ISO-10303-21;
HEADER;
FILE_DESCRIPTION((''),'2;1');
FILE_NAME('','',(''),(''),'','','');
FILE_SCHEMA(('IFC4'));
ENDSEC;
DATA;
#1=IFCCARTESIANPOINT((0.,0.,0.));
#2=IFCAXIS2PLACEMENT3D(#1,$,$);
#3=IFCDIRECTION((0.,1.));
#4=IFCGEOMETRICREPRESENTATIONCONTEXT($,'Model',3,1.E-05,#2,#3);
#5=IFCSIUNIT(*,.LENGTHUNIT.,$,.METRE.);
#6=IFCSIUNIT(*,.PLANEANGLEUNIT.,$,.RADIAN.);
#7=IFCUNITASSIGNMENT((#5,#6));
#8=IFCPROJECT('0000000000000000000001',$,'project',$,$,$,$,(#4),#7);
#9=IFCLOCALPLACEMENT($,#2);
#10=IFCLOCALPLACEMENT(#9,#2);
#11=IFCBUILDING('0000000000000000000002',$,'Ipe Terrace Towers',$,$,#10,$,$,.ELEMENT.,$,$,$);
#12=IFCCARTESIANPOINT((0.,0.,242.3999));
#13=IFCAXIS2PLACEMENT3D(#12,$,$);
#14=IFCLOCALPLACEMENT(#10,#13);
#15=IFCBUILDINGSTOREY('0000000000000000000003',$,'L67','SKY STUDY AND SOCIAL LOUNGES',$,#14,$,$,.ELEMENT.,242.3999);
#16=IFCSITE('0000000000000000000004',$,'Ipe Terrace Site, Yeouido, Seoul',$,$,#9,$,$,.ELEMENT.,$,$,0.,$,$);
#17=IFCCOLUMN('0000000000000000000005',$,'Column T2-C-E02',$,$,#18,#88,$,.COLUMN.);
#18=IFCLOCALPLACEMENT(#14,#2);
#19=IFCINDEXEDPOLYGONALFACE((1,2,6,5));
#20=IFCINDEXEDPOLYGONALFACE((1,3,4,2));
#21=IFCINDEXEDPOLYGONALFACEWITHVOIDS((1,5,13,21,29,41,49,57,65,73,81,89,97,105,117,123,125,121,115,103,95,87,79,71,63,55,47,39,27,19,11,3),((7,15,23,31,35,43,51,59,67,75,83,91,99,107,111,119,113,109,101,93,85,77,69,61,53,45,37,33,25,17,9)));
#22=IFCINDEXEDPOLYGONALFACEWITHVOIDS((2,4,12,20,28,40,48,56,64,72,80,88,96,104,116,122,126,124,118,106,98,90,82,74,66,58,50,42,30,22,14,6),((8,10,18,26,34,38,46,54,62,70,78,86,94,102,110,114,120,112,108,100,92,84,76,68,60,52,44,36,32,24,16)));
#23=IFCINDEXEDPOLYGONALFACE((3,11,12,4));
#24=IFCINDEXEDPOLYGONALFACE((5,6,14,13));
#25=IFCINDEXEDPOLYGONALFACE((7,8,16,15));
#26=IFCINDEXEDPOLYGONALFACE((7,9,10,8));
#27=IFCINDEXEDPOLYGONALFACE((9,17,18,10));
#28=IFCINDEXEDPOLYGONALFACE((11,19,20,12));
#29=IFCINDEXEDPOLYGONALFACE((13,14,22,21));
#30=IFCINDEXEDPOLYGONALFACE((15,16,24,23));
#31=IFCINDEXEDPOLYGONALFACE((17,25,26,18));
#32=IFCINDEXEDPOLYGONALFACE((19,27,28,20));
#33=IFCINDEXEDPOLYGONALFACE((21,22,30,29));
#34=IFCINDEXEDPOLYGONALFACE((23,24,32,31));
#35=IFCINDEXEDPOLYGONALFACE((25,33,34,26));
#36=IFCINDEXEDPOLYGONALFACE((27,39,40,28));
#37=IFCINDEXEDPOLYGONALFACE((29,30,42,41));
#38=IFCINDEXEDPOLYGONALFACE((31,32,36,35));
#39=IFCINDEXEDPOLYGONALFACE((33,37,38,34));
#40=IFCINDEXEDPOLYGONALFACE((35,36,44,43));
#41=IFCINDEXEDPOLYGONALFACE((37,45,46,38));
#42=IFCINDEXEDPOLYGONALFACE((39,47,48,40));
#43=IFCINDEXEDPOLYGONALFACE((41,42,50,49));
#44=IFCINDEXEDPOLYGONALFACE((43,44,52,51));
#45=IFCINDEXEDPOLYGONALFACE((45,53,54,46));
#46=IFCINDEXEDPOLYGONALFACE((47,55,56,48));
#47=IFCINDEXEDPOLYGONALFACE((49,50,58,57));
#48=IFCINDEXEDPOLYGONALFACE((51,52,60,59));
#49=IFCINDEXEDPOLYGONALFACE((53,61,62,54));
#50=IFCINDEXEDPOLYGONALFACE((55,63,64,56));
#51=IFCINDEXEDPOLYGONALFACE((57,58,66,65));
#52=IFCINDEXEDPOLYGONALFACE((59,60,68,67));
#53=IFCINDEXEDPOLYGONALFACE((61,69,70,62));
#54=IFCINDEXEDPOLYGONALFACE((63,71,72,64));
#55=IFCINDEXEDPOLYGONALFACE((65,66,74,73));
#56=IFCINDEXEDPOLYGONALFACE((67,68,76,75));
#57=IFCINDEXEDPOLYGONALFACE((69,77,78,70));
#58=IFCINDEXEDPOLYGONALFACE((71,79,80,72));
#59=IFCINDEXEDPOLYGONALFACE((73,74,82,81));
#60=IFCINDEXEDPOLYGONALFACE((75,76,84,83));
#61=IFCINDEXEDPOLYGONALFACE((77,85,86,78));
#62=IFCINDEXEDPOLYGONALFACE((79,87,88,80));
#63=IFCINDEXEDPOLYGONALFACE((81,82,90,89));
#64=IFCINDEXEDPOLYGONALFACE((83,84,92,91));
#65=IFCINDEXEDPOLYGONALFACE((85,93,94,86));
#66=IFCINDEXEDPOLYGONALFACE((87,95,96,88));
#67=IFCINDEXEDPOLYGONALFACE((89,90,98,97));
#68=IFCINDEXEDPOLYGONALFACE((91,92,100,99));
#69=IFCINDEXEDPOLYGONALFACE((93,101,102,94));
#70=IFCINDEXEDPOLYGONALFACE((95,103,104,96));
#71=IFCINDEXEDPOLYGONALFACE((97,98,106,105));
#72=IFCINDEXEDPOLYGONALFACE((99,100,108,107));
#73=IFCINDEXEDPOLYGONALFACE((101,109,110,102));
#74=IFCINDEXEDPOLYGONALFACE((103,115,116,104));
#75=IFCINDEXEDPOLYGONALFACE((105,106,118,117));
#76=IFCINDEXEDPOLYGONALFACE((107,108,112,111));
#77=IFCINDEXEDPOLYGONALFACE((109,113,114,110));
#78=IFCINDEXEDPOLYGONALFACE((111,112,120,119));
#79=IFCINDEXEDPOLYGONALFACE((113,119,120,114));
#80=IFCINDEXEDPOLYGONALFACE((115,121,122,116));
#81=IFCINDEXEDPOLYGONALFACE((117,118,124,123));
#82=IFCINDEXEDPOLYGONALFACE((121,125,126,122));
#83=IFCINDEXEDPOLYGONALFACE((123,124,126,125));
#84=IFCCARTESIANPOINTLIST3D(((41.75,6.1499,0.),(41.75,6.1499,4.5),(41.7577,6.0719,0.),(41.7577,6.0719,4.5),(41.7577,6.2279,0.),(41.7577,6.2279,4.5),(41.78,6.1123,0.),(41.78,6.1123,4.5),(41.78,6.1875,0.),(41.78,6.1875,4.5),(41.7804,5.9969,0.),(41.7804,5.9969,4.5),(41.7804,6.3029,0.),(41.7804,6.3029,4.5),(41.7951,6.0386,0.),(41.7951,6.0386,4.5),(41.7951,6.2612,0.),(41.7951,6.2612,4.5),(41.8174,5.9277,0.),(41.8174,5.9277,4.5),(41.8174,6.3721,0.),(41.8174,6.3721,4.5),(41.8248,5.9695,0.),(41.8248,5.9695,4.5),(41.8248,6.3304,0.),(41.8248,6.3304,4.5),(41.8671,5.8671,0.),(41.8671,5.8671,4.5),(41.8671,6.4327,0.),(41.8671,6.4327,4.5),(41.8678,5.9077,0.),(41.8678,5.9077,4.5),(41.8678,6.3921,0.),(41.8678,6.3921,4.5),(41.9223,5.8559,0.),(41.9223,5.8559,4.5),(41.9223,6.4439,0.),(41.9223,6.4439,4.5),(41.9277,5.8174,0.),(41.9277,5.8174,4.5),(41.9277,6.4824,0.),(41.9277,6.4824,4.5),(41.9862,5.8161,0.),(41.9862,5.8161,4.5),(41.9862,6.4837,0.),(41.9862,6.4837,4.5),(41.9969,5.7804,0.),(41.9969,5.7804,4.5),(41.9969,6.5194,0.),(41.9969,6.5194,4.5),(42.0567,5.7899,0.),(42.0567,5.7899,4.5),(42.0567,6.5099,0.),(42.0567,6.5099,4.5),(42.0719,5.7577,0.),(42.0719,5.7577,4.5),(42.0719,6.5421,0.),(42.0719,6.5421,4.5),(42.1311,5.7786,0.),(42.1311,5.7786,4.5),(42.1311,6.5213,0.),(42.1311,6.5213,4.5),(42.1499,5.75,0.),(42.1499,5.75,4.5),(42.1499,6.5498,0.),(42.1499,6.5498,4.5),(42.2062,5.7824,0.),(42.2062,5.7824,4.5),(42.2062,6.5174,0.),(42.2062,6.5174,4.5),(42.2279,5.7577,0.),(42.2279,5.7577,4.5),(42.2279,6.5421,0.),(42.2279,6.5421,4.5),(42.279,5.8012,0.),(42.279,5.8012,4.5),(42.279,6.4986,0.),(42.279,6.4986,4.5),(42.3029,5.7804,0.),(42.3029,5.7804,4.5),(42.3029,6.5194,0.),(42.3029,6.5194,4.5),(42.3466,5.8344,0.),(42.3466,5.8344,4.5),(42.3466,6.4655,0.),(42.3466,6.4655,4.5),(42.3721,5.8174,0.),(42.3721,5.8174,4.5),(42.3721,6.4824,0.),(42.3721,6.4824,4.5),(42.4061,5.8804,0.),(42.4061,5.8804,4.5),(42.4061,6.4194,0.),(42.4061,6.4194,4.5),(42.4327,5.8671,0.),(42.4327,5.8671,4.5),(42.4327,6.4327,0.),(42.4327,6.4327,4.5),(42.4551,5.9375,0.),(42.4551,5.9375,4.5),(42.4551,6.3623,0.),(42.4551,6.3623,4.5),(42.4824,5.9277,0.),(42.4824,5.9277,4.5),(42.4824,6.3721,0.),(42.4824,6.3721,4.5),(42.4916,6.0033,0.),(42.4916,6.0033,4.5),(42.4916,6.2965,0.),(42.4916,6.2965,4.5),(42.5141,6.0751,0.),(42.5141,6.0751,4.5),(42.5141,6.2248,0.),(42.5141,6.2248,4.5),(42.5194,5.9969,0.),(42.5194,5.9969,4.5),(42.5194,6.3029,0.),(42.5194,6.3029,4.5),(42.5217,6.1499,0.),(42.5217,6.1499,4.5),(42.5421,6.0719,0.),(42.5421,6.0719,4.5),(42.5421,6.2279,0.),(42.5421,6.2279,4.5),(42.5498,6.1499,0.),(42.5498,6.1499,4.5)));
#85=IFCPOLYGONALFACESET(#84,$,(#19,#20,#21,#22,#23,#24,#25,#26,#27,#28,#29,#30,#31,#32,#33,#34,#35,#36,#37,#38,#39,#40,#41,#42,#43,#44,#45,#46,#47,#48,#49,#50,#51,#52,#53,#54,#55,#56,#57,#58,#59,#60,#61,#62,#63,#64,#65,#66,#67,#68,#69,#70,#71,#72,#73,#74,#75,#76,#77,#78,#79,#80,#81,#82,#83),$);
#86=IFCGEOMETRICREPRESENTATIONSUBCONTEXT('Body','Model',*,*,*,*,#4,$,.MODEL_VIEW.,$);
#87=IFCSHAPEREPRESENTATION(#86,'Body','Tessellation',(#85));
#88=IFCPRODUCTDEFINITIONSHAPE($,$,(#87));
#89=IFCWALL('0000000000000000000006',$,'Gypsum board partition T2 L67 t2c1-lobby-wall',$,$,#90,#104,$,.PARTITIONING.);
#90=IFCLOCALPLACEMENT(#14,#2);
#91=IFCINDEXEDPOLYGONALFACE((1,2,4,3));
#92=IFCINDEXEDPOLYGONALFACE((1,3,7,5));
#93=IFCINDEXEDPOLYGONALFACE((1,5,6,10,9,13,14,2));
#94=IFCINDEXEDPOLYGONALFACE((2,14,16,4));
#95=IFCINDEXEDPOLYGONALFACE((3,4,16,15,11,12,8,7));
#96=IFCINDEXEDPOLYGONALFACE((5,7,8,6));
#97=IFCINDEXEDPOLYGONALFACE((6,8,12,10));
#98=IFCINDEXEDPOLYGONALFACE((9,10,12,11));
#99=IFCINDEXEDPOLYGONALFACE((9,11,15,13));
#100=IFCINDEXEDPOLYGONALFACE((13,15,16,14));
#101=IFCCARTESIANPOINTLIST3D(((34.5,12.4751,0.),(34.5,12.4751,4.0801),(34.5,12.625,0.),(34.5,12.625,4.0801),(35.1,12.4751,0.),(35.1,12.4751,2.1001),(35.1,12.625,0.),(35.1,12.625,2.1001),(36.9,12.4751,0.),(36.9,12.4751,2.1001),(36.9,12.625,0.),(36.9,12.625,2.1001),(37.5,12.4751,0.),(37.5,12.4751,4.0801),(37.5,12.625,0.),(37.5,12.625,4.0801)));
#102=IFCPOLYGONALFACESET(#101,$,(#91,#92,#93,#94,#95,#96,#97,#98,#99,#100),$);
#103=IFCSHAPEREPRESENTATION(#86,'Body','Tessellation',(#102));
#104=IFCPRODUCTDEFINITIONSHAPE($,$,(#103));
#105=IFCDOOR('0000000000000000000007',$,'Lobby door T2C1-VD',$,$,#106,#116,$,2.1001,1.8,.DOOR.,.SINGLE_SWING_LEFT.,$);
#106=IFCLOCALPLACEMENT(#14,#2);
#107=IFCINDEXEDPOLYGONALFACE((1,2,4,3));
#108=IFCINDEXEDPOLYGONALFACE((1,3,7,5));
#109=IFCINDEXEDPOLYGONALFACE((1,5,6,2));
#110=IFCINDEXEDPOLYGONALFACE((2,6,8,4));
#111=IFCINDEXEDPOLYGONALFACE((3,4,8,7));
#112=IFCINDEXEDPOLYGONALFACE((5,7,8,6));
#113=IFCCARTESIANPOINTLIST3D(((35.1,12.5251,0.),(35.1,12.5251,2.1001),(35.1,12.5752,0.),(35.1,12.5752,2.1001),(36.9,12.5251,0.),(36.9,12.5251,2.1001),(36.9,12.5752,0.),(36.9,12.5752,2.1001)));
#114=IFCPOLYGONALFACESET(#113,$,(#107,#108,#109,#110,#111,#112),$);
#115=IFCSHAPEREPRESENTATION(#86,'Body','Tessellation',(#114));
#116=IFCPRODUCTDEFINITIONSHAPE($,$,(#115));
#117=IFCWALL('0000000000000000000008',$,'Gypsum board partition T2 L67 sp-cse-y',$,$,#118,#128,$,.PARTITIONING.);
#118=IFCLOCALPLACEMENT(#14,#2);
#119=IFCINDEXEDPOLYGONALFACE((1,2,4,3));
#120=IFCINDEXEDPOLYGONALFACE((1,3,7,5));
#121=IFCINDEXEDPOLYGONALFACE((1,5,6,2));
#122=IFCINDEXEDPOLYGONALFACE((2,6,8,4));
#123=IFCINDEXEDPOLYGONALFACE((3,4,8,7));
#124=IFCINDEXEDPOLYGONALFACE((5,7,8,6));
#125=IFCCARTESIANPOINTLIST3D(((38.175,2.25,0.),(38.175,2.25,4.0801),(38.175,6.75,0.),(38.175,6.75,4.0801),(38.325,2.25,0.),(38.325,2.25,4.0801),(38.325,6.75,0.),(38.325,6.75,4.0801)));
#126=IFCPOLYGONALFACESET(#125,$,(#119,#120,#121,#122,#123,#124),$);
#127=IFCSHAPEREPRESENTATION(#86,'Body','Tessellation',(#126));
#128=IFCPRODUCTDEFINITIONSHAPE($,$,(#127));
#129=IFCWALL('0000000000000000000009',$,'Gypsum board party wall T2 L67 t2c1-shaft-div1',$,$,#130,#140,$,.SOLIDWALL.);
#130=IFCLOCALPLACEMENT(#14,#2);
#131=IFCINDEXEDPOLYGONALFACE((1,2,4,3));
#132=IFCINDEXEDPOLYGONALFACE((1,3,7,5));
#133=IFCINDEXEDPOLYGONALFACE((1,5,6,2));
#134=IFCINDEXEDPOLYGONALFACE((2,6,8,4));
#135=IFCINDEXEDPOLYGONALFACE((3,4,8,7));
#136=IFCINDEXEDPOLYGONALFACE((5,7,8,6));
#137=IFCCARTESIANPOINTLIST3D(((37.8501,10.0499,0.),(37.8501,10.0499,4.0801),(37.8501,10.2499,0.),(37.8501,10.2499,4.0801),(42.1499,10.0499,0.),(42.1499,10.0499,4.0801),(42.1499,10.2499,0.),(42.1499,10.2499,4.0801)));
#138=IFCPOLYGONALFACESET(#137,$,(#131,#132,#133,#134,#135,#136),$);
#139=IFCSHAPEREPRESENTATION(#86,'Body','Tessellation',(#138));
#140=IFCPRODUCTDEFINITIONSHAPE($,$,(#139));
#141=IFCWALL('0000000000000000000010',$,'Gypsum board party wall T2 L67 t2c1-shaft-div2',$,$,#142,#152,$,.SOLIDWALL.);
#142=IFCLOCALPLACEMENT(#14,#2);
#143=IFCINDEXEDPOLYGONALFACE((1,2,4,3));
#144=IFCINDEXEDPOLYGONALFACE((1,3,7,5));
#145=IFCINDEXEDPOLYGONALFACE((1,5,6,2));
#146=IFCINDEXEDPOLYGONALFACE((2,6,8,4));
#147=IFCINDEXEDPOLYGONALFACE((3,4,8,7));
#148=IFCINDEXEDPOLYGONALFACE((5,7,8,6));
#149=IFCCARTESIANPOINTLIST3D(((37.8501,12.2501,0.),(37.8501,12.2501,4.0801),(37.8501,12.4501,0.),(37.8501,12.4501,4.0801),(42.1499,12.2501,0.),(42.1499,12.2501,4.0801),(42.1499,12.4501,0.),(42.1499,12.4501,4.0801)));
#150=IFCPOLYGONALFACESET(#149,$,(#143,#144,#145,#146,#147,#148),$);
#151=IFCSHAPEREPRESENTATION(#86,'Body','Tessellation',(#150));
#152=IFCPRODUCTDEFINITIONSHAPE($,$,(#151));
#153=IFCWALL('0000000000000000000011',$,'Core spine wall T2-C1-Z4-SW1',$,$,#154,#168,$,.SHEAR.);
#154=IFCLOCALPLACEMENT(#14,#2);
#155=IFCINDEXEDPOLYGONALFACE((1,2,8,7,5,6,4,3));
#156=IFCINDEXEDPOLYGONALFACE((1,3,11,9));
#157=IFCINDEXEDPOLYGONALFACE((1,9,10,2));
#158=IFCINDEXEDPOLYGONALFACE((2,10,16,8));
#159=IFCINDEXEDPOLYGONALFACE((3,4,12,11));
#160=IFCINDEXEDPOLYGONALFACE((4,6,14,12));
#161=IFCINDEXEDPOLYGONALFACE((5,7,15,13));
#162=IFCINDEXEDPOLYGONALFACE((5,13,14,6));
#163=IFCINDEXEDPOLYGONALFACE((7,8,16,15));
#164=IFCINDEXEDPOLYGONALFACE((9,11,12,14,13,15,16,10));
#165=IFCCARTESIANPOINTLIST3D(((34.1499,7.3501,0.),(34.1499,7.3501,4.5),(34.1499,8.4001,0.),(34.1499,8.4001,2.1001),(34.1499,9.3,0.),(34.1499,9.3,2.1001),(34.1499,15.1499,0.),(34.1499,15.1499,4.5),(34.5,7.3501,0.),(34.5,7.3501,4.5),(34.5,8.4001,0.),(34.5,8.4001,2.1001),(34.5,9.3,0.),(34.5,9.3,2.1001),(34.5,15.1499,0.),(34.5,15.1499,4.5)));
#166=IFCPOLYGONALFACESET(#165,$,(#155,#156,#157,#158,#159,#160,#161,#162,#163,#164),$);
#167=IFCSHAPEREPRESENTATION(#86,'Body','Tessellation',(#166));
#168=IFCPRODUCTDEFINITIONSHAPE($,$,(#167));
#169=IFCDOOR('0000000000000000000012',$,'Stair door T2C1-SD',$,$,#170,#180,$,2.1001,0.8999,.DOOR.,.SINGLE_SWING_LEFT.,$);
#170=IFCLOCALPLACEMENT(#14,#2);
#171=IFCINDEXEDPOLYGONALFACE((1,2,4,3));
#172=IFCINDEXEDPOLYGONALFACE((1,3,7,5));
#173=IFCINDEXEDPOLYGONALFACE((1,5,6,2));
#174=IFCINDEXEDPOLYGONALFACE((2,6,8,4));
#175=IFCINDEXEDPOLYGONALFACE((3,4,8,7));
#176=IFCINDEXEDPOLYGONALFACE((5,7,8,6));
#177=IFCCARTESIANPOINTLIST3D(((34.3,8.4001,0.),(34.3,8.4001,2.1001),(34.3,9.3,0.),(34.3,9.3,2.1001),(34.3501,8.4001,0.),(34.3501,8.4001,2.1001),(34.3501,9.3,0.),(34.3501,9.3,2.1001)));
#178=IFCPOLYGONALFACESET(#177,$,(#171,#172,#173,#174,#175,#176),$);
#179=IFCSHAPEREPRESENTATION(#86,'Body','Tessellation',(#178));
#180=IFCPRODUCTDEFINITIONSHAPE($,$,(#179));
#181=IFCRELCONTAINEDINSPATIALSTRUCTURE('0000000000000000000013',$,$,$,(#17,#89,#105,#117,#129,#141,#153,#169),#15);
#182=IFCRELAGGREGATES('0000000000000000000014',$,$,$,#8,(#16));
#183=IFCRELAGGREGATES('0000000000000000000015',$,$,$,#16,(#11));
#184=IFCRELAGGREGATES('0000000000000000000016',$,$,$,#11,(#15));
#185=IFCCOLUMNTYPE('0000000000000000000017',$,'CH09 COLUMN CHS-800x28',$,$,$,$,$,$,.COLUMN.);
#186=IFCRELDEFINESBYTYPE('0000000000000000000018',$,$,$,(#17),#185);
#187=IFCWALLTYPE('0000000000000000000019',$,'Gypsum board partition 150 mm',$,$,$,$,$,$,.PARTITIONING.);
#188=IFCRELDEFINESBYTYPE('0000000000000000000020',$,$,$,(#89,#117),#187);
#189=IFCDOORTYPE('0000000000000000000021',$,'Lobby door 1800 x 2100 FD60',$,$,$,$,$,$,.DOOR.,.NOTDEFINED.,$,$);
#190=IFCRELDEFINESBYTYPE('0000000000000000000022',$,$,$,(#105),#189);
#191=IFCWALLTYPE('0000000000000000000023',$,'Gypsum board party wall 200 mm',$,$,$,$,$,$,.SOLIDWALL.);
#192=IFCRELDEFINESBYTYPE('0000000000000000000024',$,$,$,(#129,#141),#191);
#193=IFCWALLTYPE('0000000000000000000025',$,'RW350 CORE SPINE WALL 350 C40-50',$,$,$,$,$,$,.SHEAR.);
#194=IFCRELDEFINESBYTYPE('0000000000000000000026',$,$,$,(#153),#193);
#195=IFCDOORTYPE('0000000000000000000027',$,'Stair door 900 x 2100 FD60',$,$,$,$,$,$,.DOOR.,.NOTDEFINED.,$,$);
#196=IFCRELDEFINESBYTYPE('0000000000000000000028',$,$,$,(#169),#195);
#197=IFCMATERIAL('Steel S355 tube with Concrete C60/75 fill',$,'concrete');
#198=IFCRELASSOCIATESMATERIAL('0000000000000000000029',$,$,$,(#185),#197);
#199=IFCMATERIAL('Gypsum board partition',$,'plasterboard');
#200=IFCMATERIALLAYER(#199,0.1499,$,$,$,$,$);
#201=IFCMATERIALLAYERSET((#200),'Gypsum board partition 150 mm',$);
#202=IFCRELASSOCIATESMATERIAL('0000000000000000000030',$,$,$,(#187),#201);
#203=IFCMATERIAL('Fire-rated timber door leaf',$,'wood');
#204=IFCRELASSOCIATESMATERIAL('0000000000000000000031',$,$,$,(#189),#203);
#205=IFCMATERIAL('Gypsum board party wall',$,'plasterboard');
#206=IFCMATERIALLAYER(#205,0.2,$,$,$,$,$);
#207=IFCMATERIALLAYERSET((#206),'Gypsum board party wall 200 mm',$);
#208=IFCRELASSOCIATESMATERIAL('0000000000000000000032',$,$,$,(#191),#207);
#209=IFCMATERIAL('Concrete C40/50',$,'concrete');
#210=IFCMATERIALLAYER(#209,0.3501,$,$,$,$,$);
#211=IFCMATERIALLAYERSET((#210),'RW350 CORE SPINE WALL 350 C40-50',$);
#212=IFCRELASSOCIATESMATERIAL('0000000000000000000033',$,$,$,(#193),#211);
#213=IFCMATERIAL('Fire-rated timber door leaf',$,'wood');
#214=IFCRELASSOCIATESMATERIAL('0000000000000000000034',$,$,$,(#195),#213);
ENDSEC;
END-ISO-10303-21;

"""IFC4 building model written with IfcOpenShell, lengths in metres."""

from ifc_helpers import new_model, si_unit, direction, frame, frame_2d, origin, origin_2d, place, context, subcontext, project, spatial, rectangle, hollow_circle, extrude, material, layer, layer_set, material_profile, profile_set, type_object, element, fill, save


model = new_model("IFC4")

# Units and contexts
model_context = context("Model", 3, precision=1e-05, world=origin(), true_north=direction((0.0, 1.0)))
body_context = subcontext(model_context, "Body", "Model", "MODEL_VIEW")
ifc_project = project(units=[si_unit("LENGTHUNIT", "METRE"), si_unit("PLANEANGLEUNIT", "RADIAN")], contexts=[model_context])

# Site, building, storey
site_placement = place(None, origin())
site = spatial("IfcSite", under=ifc_project, at=site_placement, Name="Ipe Terrace Site, Yeouido, Seoul", CompositionType="ELEMENT", RefElevation=0.0)
building_placement = place(site_placement, origin())
building = spatial("IfcBuilding", under=site, at=building_placement, Name="Ipe Terrace Towers", CompositionType="ELEMENT")
storey_placement = place(building_placement, frame((0.0, 0.0, 242.3999)))
storey = spatial("IfcBuildingStorey", under=building, at=storey_placement, Name="L67", Description="SKY STUDY AND SOCIAL LOUNGES", CompositionType="ELEMENT", Elevation=242.3999)

# Column
ifc_material_1 = material(Name="Steel S355 tube with Concrete C60/75 fill", Category="concrete")
ifc_material_profile_1 = material_profile(ifc_material_1, hollow_circle(Radius=0.3999, WallThickness=0.0281, at=origin_2d()), Name="CHS-800x28")
ifc_profile_set_1 = profile_set([ifc_material_profile_1], Name="Steel S355 tube with Concrete C60/75 fill")
column_type = type_object("IfcColumnType", Name="CH09 COLUMN CHS-800x28", PredefinedType="COLUMN", material=ifc_profile_set_1)
column_placement = place(storey_placement, frame((42.1499, 6.1499, 0.0), z_axis=(0.0, 0.0, 1.0), x_axis=(1.0, 0.0, 0.0)))
element("IfcColumn", 1, at=column_placement, inside=storey, type_object=column_type, Name="Column T2-C-E02", PredefinedType="COLUMN", context=body_context, shape_type="SweptSolid", body=[
    extrude(hollow_circle(Radius=0.3999, WallThickness=0.0281, at=origin_2d()), origin(), (0.0, 0.0, 1.0), 4.5),
])

# Wall, opening, door
ifc_material_2 = material(Name="Gypsum board partition", Category="plasterboard")
ifc_layer_1 = layer(ifc_material_2, 0.1499)
ifc_layer_set_1 = layer_set([ifc_layer_1], Name="Gypsum board partition 150 mm")
wall_type_1 = type_object("IfcWallType", Name="Gypsum board partition 150 mm", PredefinedType="PARTITIONING", material=ifc_layer_set_1)
wall_1_placement = place(storey_placement, frame((37.5, 12.55, 0.0), z_axis=(0.0, 0.0, 1.0), x_axis=(-1.0, 0.0, 0.0)))
wall_1 = element("IfcWall", 2, at=wall_1_placement, inside=storey, type_object=wall_type_1, Name="Gypsum board partition T2 L67 t2c1-lobby-wall", PredefinedType="PARTITIONING", context=body_context, shape_type="SweptSolid", body=[
    extrude(rectangle(XDim=3.0, YDim=0.1499, at=frame_2d((1.5, 0.0))), origin(), (0.0, 0.0, 1.0), 4.0801),
])
opening_1_placement = place(wall_1_placement, frame((0.6001, 0.0, 0.0)))
opening_1 = element("IfcOpeningElement", 3, at=opening_1_placement, cuts=wall_1, PredefinedType="OPENING", context=body_context, shape_type="SweptSolid", body=[
    extrude(rectangle(XDim=1.8, YDim=2.1001, at=frame_2d((0.8999, 1.05))), frame((0.0, 0.085, 0.0), z_axis=(0.0, -1.0, 0.0), x_axis=(1.0, 0.0, 0.0)), (0.0, 0.0, 1.0), 0.1699),
])
ifc_material_3 = material(Name="Fire-rated timber door leaf", Category="wood")
door_type_1 = type_object("IfcDoorType", Name="Lobby door 1800 x 2100 FD60", OperationType="NOTDEFINED", PredefinedType="DOOR", material=ifc_material_3)
door_1_placement = place(opening_1_placement, origin())
door_1 = element("IfcDoor", 4, at=door_1_placement, inside=storey, type_object=door_type_1, Name="Lobby door T2C1-VD", OperationType="SINGLE_SWING_LEFT", OverallHeight=2.1001, OverallWidth=1.8, PredefinedType="DOOR", context=body_context, shape_type="SweptSolid", body=[
    extrude(rectangle(XDim=1.8, YDim=2.1001, at=frame_2d((0.8999, 1.05))), frame((0.0, 0.0249, 0.0), z_axis=(0.0, -1.0, 0.0), x_axis=(1.0, 0.0, 0.0)), (0.0, 0.0, 1.0), 0.05),
])
fill(opening_1, door_1)

# Walls
wall_2_placement = place(storey_placement, frame((38.25, 2.25, 0.0), z_axis=(0.0, 0.0, 1.0), x_axis=(0.0, 1.0, 0.0)))
element("IfcWall", 5, at=wall_2_placement, inside=storey, type_object=wall_type_1, Name="Gypsum board partition T2 L67 sp-cse-y", PredefinedType="PARTITIONING", context=body_context, shape_type="SweptSolid", body=[
    extrude(rectangle(XDim=4.5, YDim=0.1499, at=frame_2d((2.25, 0.0))), origin(), (0.0, 0.0, 1.0), 4.0801),
])
ifc_material_4 = material(Name="Gypsum board party wall", Category="plasterboard")
ifc_layer_2 = layer(ifc_material_4, 0.2)
ifc_layer_set_2 = layer_set([ifc_layer_2], Name="Gypsum board party wall 200 mm")
wall_type_2 = type_object("IfcWallType", Name="Gypsum board party wall 200 mm", PredefinedType="SOLIDWALL", material=ifc_layer_set_2)
for number, where, z_axis, x_axis, name in (
    (6, (42.1499, 10.1499, 0.0), (0.0, 0.0, 1.0), (-1.0, 0.0, 0.0), "Gypsum board party wall T2 L67 t2c1-shaft-div1"),
    (7, (42.1499, 12.3501, 0.0), (0.0, 0.0, 1.0), (-1.0, 0.0, 0.0), "Gypsum board party wall T2 L67 t2c1-shaft-div2"),
):
    element("IfcWall", number, at=place(storey_placement, frame(where, z_axis=z_axis, x_axis=x_axis)), inside=storey, type_object=wall_type_2, Name=name, PredefinedType="SOLIDWALL", context=body_context, shape_type="SweptSolid", body=[
        extrude(rectangle(XDim=4.2998, YDim=0.2, at=frame_2d((2.1499, 0.0))), origin(), (0.0, 0.0, 1.0), 4.0801),
    ])

# Wall, opening, door
ifc_material_5 = material(Name="Concrete C40/50", Category="concrete")
ifc_layer_3 = layer(ifc_material_5, 0.3501)
ifc_layer_set_3 = layer_set([ifc_layer_3], Name="RW350 CORE SPINE WALL 350 C40-50")
wall_type_3 = type_object("IfcWallType", Name="RW350 CORE SPINE WALL 350 C40-50", PredefinedType="SHEAR", material=ifc_layer_set_3)
wall_3_placement = place(storey_placement, frame((34.325, 7.3501, 0.0), z_axis=(0.0, 0.0, 1.0), x_axis=(0.0, 1.0, 0.0)))
wall_3 = element("IfcWall", 8, at=wall_3_placement, inside=storey, type_object=wall_type_3, Name="Core spine wall T2-C1-Z4-SW1", PredefinedType="SHEAR", context=body_context, shape_type="SweptSolid", body=[
    extrude(rectangle(XDim=7.7998, YDim=0.3501, at=frame_2d((3.8999, 0.0))), origin(), (0.0, 0.0, 1.0), 4.5),
])
opening_2_placement = place(wall_3_placement, frame((1.05, 0.0, 0.0)))
opening_2 = element("IfcOpeningElement", 9, at=opening_2_placement, cuts=wall_3, PredefinedType="OPENING", context=body_context, shape_type="SweptSolid", body=[
    extrude(rectangle(XDim=0.8999, YDim=2.1001, at=frame_2d((0.45, 1.05))), frame((0.0, 0.1851, 0.0), z_axis=(0.0, -1.0, 0.0), x_axis=(1.0, 0.0, 0.0)), (0.0, 0.0, 1.0), 0.3701),
])
ifc_material_6 = material(Name="Fire-rated timber door leaf", Category="wood")
door_type_2 = type_object("IfcDoorType", Name="Stair door 900 x 2100 FD60", OperationType="NOTDEFINED", PredefinedType="DOOR", material=ifc_material_6)
door_2_placement = place(opening_2_placement, origin())
door_2 = element("IfcDoor", 10, at=door_2_placement, inside=storey, type_object=door_type_2, Name="Stair door T2C1-SD", OperationType="SINGLE_SWING_LEFT", OverallHeight=2.1001, OverallWidth=0.8999, PredefinedType="DOOR", context=body_context, shape_type="SweptSolid", body=[
    extrude(rectangle(XDim=0.8999, YDim=2.1001, at=frame_2d((0.45, 1.05))), frame((0.0, 0.0249, 0.0), z_axis=(0.0, -1.0, 0.0), x_axis=(1.0, 0.0, 0.0)), (0.0, 0.0, 1.0), 0.05),
])
fill(opening_2, door_2)

save(model, "model.ifc")
